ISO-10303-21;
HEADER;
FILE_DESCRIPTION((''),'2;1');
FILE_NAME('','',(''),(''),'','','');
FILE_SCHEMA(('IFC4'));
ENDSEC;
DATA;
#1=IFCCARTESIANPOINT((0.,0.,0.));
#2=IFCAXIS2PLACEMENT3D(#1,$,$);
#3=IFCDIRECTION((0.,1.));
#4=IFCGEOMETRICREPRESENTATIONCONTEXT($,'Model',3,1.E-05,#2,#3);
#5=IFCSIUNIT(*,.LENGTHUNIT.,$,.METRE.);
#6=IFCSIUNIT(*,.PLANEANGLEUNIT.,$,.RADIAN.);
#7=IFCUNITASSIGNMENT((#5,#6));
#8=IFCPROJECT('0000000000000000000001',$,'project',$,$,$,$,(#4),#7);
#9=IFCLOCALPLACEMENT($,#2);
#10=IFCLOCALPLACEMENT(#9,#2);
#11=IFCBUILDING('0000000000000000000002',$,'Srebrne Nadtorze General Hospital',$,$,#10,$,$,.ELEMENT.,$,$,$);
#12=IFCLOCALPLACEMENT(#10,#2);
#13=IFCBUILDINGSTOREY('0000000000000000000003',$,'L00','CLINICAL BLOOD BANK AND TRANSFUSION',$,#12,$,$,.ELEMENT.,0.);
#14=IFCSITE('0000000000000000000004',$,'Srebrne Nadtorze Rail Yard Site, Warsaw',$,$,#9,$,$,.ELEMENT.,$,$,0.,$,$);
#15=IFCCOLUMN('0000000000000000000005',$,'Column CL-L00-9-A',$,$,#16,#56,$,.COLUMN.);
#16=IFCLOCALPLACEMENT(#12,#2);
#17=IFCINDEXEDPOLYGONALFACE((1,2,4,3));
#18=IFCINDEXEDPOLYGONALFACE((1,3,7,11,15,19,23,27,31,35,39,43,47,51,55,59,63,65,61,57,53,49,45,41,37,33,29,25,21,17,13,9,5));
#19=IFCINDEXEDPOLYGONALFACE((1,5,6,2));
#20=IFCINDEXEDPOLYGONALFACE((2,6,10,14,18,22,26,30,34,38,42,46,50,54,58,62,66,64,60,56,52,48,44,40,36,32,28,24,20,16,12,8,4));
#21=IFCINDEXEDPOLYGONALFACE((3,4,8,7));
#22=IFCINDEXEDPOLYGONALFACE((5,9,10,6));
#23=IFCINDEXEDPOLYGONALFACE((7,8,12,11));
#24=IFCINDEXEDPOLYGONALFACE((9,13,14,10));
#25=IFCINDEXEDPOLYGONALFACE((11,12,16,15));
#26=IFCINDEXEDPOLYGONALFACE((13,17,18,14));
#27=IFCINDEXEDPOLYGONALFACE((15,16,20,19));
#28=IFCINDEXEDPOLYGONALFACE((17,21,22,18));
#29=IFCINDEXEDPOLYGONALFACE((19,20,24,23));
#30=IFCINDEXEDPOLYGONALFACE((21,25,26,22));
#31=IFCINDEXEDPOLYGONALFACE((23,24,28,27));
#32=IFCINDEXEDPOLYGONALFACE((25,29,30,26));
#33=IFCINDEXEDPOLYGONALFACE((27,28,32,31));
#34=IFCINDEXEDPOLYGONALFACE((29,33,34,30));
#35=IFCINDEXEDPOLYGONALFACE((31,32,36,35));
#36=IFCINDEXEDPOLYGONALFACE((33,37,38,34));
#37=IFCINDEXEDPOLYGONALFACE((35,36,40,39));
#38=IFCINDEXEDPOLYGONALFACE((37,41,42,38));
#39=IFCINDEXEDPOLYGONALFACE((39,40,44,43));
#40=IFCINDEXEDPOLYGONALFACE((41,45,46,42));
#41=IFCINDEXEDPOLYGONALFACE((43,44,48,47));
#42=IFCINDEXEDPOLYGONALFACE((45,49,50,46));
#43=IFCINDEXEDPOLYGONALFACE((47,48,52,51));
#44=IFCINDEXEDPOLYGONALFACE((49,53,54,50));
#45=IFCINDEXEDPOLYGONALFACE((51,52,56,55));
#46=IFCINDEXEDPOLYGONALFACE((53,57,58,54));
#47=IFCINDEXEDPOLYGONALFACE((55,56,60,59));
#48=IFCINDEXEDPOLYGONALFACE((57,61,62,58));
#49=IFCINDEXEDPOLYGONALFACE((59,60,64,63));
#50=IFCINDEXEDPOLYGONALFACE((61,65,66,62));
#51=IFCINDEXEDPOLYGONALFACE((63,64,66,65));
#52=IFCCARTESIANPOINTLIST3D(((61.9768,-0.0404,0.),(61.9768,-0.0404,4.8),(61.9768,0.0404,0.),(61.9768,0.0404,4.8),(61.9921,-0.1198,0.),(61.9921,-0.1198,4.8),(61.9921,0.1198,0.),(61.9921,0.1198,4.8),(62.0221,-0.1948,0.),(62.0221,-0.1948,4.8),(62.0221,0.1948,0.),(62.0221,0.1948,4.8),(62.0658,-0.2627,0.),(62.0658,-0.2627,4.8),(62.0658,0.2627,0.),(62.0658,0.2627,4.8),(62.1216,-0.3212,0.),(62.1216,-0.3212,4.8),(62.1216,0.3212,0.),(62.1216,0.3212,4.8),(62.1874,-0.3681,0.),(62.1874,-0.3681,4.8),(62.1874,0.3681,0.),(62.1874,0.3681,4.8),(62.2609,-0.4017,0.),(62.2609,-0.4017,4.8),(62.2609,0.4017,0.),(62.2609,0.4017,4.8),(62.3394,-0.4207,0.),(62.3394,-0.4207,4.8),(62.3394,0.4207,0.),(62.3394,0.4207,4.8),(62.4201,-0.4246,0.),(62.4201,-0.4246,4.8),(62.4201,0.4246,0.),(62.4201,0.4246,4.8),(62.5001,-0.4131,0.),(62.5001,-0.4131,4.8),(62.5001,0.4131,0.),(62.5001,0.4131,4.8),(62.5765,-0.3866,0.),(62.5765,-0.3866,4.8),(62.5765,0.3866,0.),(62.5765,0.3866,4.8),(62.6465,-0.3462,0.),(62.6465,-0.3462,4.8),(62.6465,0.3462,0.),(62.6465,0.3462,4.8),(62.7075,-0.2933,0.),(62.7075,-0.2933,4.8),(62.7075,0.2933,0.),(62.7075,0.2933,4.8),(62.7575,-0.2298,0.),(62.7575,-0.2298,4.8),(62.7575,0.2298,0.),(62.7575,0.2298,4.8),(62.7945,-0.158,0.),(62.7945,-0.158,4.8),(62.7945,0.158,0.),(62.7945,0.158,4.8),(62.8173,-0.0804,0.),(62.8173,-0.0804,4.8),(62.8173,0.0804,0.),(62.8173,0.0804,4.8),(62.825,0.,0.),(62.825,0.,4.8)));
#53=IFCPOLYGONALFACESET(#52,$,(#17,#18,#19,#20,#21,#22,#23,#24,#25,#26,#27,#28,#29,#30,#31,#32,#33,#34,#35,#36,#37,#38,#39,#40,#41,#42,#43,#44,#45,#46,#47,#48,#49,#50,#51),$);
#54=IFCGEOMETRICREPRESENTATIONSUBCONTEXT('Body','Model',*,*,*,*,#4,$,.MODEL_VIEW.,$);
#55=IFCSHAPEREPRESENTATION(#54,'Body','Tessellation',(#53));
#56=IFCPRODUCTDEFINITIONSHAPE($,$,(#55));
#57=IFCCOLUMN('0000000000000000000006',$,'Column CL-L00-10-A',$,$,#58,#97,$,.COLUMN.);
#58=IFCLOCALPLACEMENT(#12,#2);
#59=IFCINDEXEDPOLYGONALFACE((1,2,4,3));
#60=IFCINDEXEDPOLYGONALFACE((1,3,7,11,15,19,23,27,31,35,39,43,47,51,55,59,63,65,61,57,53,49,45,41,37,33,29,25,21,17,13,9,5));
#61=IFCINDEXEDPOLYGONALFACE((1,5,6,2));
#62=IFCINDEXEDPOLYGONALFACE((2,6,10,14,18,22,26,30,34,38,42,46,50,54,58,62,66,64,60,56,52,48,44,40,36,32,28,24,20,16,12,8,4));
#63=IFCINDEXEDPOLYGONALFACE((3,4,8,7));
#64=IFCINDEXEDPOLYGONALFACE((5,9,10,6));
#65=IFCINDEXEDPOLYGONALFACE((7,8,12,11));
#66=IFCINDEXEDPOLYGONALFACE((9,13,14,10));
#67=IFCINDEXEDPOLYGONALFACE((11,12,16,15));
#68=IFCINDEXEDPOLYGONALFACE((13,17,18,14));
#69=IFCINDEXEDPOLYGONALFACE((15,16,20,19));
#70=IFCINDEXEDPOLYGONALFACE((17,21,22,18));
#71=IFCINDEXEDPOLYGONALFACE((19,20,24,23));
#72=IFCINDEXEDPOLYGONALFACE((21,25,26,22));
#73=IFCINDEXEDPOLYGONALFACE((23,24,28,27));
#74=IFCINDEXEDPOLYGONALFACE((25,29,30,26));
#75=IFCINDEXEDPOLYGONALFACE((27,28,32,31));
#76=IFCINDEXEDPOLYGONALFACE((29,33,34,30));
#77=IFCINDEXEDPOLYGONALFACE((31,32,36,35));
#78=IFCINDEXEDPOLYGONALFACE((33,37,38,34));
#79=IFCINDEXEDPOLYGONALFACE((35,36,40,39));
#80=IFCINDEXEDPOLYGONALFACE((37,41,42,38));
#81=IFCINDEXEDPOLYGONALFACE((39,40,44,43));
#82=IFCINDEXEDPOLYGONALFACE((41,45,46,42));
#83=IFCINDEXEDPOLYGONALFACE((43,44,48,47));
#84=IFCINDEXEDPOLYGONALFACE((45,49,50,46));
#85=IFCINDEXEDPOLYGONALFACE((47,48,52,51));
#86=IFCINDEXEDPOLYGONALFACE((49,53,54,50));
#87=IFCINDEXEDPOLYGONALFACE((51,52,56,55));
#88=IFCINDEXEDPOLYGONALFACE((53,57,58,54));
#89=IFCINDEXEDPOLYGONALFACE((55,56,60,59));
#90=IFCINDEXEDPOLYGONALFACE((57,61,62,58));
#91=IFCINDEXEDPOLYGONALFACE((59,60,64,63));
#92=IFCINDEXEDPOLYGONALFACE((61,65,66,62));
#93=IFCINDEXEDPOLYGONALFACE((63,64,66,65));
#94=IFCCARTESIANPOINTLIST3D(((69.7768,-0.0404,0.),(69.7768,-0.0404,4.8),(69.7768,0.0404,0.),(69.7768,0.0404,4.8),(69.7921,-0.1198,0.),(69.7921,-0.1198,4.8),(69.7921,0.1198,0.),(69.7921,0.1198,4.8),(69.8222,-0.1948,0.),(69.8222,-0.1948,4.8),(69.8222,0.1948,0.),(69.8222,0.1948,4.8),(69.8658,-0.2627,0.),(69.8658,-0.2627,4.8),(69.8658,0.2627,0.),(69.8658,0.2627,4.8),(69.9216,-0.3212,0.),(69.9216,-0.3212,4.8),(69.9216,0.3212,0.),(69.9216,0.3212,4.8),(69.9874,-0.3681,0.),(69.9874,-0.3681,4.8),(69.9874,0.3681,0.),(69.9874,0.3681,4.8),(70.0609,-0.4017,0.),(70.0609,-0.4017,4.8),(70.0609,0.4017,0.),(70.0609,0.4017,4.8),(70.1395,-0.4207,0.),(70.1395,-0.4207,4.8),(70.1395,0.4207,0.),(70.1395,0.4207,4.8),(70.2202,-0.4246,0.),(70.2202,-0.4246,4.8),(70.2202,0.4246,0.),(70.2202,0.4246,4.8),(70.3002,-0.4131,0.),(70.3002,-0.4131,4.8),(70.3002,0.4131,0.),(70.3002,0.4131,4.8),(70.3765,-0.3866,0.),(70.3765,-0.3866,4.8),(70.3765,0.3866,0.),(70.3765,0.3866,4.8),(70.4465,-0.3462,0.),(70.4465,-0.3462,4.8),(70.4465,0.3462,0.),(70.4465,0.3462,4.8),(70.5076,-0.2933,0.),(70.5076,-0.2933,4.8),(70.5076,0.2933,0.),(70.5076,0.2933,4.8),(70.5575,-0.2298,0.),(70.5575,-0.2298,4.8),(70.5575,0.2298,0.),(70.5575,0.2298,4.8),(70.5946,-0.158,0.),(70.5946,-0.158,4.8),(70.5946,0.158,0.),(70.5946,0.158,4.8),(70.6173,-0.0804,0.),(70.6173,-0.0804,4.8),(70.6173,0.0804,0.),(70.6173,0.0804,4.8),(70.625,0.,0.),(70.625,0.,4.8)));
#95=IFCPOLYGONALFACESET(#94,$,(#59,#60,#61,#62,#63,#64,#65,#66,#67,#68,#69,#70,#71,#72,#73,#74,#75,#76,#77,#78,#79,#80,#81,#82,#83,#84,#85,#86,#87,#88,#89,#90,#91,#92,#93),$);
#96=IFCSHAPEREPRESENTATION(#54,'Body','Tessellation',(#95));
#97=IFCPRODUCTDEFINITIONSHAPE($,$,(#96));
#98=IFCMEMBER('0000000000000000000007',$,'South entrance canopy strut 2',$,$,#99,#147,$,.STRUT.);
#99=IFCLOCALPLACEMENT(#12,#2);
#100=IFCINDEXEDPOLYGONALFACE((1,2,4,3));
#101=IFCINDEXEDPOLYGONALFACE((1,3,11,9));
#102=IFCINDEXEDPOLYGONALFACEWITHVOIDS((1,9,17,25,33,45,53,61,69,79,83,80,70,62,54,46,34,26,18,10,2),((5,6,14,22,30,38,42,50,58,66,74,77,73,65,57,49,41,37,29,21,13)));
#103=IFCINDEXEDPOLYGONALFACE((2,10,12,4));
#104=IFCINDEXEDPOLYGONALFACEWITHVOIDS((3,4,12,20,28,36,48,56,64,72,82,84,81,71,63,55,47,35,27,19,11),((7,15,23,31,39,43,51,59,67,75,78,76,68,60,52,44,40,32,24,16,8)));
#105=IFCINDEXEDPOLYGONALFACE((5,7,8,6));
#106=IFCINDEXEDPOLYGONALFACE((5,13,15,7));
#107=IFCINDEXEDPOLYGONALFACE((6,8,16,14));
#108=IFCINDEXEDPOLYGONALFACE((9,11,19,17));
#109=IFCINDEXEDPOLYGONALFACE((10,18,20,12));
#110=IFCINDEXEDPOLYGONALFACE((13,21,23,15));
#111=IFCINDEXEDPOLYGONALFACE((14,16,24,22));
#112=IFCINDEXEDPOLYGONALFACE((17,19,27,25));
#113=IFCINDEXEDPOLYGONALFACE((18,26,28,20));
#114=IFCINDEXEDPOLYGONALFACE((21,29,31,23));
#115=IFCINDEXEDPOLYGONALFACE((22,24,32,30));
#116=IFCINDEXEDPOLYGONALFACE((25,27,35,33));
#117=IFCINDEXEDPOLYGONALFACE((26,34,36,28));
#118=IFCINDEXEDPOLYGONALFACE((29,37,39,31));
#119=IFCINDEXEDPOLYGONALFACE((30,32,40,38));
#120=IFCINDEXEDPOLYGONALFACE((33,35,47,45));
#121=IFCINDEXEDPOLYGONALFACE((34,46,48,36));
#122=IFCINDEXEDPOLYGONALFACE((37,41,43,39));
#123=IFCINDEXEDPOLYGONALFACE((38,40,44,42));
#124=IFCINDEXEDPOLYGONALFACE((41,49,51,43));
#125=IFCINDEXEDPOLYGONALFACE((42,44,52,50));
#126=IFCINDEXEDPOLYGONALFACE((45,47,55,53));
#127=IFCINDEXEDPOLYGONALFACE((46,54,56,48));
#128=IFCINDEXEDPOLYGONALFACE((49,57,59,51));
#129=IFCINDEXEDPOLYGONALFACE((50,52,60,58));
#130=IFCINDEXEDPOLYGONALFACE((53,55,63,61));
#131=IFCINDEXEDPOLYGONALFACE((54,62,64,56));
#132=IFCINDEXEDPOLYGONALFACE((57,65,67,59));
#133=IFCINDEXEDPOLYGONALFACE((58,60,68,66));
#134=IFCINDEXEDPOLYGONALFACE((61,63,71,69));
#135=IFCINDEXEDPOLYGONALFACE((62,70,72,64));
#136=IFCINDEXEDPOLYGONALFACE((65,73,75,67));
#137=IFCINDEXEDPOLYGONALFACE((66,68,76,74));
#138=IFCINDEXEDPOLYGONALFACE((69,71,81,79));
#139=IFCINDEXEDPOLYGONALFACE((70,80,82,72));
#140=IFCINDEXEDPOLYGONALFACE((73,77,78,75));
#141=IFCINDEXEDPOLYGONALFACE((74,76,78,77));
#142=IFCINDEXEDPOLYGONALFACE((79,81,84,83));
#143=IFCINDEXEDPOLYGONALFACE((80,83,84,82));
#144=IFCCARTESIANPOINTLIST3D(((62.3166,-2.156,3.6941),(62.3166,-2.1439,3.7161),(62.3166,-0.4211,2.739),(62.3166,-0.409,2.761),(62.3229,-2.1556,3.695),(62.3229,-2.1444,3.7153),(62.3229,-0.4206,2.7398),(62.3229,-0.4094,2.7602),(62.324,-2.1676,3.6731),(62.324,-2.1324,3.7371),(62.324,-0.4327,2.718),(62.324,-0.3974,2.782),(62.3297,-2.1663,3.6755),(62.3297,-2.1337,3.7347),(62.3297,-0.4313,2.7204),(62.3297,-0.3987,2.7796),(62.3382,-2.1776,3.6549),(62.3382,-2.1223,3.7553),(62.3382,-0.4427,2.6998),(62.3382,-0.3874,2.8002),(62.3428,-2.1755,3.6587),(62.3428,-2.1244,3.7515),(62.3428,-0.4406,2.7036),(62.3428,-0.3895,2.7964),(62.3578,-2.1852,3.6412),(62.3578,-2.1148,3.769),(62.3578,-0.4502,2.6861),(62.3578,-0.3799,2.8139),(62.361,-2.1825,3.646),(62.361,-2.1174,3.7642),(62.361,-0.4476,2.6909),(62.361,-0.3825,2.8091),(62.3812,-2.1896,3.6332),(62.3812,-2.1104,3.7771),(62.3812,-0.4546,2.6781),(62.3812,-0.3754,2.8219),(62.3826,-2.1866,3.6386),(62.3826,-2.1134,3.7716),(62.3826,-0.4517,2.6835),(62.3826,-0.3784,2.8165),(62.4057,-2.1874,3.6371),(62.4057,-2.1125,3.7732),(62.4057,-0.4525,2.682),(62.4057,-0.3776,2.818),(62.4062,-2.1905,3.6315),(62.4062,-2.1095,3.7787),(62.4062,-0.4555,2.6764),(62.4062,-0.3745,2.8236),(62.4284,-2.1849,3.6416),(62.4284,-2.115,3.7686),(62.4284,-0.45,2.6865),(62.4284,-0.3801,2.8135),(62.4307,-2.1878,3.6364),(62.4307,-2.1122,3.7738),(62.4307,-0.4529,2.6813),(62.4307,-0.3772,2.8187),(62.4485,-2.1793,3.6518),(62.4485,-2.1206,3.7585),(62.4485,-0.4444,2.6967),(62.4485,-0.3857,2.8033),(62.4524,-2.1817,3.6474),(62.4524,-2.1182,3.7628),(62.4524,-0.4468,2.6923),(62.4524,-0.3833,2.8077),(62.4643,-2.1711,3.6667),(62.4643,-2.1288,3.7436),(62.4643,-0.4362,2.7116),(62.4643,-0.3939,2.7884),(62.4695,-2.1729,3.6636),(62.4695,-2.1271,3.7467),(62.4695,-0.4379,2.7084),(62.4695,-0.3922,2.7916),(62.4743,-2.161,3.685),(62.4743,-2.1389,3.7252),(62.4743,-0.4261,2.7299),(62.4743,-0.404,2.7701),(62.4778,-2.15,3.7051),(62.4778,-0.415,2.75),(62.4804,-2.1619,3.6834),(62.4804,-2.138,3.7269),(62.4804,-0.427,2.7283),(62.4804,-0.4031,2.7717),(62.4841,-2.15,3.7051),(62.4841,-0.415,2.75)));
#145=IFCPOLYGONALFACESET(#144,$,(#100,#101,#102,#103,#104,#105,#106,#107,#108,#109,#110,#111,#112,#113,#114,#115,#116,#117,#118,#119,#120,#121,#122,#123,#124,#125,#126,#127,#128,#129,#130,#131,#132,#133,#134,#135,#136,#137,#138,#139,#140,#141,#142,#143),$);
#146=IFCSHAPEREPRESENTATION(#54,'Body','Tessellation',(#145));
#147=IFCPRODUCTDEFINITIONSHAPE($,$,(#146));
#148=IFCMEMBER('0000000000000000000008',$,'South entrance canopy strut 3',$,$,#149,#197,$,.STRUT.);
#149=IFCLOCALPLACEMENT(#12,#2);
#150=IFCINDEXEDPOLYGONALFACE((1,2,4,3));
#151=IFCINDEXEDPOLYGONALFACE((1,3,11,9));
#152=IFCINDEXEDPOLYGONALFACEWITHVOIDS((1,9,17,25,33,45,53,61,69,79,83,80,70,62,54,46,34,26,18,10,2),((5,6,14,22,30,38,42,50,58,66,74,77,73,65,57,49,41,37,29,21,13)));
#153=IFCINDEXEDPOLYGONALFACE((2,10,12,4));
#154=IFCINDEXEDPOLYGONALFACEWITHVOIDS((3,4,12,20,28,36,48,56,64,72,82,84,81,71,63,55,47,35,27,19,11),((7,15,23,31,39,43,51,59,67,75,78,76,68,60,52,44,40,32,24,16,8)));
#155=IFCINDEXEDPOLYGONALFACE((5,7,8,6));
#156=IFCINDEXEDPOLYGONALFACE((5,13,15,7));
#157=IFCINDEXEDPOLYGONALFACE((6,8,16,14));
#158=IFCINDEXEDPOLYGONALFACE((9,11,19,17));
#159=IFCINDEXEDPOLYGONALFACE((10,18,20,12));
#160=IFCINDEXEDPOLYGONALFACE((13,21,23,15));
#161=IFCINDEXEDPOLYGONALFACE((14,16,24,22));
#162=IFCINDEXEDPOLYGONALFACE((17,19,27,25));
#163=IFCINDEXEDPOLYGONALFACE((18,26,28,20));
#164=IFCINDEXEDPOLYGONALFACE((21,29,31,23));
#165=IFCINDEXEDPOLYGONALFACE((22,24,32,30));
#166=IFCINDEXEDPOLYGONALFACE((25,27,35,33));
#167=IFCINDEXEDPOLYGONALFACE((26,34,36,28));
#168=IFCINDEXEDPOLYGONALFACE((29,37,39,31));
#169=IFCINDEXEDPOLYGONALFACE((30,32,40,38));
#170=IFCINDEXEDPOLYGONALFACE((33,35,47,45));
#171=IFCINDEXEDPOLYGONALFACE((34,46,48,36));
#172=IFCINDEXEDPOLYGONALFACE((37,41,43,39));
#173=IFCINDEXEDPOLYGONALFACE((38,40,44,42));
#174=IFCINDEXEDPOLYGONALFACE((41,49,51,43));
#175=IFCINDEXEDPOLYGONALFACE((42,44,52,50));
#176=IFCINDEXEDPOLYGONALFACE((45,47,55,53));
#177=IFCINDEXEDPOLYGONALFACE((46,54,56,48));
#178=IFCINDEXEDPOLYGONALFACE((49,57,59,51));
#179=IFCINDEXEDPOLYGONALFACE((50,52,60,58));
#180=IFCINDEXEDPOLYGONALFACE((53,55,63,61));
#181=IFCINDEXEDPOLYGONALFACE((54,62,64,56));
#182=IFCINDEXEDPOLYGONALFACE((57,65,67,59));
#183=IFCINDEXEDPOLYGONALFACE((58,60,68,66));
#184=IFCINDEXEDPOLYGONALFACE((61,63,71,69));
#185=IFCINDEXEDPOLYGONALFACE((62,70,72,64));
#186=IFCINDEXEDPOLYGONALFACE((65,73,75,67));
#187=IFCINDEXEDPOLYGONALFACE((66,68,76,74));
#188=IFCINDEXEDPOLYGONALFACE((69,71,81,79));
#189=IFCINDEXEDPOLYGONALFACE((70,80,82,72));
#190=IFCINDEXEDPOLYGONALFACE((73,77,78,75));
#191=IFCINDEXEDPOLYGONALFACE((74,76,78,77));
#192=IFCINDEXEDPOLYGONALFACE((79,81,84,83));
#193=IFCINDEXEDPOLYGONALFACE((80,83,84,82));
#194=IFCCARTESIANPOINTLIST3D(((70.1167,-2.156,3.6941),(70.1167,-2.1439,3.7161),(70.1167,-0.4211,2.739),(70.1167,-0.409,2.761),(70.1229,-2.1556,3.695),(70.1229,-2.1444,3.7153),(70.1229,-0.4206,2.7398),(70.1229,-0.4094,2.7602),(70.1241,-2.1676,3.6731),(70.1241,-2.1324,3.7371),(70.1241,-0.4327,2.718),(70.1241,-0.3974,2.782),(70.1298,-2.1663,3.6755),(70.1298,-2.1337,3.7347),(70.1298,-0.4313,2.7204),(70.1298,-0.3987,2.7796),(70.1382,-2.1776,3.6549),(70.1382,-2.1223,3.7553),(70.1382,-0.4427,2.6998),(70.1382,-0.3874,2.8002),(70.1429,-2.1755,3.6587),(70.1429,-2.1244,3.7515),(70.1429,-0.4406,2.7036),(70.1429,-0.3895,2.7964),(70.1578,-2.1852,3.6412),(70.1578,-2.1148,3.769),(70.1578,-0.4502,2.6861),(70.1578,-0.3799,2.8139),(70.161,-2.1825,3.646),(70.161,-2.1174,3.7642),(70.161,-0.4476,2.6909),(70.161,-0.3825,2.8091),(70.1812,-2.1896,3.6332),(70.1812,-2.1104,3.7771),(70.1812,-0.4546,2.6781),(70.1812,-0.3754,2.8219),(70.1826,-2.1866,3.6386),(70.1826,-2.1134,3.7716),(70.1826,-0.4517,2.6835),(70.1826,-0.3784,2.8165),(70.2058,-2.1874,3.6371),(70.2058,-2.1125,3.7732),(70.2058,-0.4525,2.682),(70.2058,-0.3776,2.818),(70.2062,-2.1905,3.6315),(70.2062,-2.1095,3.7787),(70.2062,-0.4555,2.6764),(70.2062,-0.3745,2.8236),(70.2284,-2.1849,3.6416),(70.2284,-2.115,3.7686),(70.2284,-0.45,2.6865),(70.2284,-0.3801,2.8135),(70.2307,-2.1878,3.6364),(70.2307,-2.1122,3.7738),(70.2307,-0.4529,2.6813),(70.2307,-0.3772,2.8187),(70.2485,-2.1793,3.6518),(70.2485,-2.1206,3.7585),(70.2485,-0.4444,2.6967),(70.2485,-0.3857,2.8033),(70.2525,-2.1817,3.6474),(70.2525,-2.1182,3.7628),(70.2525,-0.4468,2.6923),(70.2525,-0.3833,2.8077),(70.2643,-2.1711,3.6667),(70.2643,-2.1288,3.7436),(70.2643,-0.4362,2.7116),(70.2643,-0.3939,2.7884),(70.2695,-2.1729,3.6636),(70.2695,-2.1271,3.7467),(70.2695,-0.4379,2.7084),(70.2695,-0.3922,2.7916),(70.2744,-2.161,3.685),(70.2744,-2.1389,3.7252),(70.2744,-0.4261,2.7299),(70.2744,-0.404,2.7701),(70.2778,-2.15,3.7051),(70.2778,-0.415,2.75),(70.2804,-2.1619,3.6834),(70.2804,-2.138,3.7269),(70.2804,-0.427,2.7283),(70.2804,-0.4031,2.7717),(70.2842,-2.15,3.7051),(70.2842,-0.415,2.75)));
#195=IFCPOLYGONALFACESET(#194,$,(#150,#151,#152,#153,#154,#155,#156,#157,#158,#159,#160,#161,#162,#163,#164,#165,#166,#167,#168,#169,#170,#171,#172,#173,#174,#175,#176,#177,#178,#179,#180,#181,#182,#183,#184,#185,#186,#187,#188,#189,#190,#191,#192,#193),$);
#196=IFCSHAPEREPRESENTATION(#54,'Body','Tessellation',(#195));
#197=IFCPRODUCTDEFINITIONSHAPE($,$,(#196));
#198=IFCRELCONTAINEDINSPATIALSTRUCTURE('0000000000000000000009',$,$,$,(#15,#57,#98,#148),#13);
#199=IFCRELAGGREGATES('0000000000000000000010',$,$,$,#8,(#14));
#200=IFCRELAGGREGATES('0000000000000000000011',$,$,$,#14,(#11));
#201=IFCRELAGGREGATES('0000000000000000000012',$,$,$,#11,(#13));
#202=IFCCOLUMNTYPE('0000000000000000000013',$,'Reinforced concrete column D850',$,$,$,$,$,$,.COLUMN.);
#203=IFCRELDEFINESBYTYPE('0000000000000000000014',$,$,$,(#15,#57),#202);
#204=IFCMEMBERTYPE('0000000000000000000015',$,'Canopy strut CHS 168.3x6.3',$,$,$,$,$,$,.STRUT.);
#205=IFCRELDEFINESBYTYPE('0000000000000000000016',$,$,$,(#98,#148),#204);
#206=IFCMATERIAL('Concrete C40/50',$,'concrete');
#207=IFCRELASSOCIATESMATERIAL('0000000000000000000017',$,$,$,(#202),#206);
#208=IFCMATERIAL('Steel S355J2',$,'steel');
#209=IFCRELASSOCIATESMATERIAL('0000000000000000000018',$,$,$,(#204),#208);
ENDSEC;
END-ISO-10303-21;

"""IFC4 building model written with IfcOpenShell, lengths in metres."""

from ifc_helpers import new_model, si_unit, direction, frame, origin, origin_2d, place, context, subcontext, project, spatial, circle, hollow_circle, extrude, material, material_profile, profile_set, type_object, element, save


model = new_model("IFC4")

# Units and contexts
model_context = context("Model", 3, precision=1e-05, world=origin(), true_north=direction((0.0, 1.0)))
body_context = subcontext(model_context, "Body", "Model", "MODEL_VIEW")
ifc_project = project(units=[si_unit("LENGTHUNIT", "METRE"), si_unit("PLANEANGLEUNIT", "RADIAN")], contexts=[model_context])

# Site, building, storey
site_placement = place(None, origin())
site = spatial("IfcSite", under=ifc_project, at=site_placement, Name="Srebrne Nadtorze Rail Yard Site, Warsaw", CompositionType="ELEMENT", RefElevation=0.0)
building_placement = place(site_placement, origin())
building = spatial("IfcBuilding", under=site, at=building_placement, Name="Srebrne Nadtorze General Hospital", CompositionType="ELEMENT")
storey_placement = place(building_placement, origin())
storey = spatial("IfcBuildingStorey", under=building, at=storey_placement, Name="L00", Description="CLINICAL BLOOD BANK AND TRANSFUSION", CompositionType="ELEMENT", Elevation=0.0)

# Columns
ifc_material_1 = material(Name="Concrete C40/50", Category="concrete")
ifc_material_profile_1 = material_profile(ifc_material_1, circle(Radius=0.425, at=origin_2d()), Name="RC-COL-D850")
ifc_profile_set_1 = profile_set([ifc_material_profile_1], Name="Concrete C40/50")
column_type = type_object("IfcColumnType", Name="Reinforced concrete column D850", PredefinedType="COLUMN", material=ifc_profile_set_1)
for number, where, z_axis, x_axis, name in (
    (1, (62.3999, 0.0, 0.0), (0.0, 0.0, 1.0), (1.0, 0.0, 0.0), "Column CL-L00-9-A"),
    (2, (70.2, 0.0, 0.0), (0.0, 0.0, 1.0), (1.0, 0.0, 0.0), "Column CL-L00-10-A"),
):
    element("IfcColumn", number, at=place(storey_placement, frame(where, z_axis=z_axis, x_axis=x_axis)), inside=storey, type_object=column_type, Name=name, PredefinedType="COLUMN", context=body_context, shape_type="SweptSolid", body=[
        extrude(circle(Radius=0.425, at=origin_2d()), origin(), (0.0, 0.0, 1.0), 4.8),
    ])

# Members
ifc_material_2 = material(Name="Steel S355J2", Category="steel")
ifc_material_profile_2 = material_profile(ifc_material_2, hollow_circle(Radius=0.0842, WallThickness=0.0063, at=origin_2d()), Name="CHS-168.3x6.3")
ifc_profile_set_2 = profile_set([ifc_material_profile_2], Name="Steel S355J2")
member_type = type_object("IfcMemberType", Name="Canopy strut CHS 168.3x6.3", PredefinedType="STRUT", material=ifc_profile_set_2)
for number, where, z_axis, x_axis, name in (
    (3, (62.3999, -0.415, 2.75), (0.0, -0.876023, 0.482269), (1.0, 0.0, 0.0), "South entrance canopy strut 2"),
    (4, (70.2, -0.415, 2.75), (0.0, -0.876023, 0.482269), (1.0, 0.0, 0.0), "South entrance canopy strut 3"),
):
    element("IfcMember", number, at=place(storey_placement, frame(where, z_axis=z_axis, x_axis=x_axis)), inside=storey, type_object=member_type, Name=name, PredefinedType="STRUT", context=body_context, shape_type="SweptSolid", body=[
        extrude(hollow_circle(Radius=0.0842, WallThickness=0.0063, at=origin_2d()), origin(), (0.0, 0.0, 1.0), 1.9805),
    ])

save(model, "model.ifc")
